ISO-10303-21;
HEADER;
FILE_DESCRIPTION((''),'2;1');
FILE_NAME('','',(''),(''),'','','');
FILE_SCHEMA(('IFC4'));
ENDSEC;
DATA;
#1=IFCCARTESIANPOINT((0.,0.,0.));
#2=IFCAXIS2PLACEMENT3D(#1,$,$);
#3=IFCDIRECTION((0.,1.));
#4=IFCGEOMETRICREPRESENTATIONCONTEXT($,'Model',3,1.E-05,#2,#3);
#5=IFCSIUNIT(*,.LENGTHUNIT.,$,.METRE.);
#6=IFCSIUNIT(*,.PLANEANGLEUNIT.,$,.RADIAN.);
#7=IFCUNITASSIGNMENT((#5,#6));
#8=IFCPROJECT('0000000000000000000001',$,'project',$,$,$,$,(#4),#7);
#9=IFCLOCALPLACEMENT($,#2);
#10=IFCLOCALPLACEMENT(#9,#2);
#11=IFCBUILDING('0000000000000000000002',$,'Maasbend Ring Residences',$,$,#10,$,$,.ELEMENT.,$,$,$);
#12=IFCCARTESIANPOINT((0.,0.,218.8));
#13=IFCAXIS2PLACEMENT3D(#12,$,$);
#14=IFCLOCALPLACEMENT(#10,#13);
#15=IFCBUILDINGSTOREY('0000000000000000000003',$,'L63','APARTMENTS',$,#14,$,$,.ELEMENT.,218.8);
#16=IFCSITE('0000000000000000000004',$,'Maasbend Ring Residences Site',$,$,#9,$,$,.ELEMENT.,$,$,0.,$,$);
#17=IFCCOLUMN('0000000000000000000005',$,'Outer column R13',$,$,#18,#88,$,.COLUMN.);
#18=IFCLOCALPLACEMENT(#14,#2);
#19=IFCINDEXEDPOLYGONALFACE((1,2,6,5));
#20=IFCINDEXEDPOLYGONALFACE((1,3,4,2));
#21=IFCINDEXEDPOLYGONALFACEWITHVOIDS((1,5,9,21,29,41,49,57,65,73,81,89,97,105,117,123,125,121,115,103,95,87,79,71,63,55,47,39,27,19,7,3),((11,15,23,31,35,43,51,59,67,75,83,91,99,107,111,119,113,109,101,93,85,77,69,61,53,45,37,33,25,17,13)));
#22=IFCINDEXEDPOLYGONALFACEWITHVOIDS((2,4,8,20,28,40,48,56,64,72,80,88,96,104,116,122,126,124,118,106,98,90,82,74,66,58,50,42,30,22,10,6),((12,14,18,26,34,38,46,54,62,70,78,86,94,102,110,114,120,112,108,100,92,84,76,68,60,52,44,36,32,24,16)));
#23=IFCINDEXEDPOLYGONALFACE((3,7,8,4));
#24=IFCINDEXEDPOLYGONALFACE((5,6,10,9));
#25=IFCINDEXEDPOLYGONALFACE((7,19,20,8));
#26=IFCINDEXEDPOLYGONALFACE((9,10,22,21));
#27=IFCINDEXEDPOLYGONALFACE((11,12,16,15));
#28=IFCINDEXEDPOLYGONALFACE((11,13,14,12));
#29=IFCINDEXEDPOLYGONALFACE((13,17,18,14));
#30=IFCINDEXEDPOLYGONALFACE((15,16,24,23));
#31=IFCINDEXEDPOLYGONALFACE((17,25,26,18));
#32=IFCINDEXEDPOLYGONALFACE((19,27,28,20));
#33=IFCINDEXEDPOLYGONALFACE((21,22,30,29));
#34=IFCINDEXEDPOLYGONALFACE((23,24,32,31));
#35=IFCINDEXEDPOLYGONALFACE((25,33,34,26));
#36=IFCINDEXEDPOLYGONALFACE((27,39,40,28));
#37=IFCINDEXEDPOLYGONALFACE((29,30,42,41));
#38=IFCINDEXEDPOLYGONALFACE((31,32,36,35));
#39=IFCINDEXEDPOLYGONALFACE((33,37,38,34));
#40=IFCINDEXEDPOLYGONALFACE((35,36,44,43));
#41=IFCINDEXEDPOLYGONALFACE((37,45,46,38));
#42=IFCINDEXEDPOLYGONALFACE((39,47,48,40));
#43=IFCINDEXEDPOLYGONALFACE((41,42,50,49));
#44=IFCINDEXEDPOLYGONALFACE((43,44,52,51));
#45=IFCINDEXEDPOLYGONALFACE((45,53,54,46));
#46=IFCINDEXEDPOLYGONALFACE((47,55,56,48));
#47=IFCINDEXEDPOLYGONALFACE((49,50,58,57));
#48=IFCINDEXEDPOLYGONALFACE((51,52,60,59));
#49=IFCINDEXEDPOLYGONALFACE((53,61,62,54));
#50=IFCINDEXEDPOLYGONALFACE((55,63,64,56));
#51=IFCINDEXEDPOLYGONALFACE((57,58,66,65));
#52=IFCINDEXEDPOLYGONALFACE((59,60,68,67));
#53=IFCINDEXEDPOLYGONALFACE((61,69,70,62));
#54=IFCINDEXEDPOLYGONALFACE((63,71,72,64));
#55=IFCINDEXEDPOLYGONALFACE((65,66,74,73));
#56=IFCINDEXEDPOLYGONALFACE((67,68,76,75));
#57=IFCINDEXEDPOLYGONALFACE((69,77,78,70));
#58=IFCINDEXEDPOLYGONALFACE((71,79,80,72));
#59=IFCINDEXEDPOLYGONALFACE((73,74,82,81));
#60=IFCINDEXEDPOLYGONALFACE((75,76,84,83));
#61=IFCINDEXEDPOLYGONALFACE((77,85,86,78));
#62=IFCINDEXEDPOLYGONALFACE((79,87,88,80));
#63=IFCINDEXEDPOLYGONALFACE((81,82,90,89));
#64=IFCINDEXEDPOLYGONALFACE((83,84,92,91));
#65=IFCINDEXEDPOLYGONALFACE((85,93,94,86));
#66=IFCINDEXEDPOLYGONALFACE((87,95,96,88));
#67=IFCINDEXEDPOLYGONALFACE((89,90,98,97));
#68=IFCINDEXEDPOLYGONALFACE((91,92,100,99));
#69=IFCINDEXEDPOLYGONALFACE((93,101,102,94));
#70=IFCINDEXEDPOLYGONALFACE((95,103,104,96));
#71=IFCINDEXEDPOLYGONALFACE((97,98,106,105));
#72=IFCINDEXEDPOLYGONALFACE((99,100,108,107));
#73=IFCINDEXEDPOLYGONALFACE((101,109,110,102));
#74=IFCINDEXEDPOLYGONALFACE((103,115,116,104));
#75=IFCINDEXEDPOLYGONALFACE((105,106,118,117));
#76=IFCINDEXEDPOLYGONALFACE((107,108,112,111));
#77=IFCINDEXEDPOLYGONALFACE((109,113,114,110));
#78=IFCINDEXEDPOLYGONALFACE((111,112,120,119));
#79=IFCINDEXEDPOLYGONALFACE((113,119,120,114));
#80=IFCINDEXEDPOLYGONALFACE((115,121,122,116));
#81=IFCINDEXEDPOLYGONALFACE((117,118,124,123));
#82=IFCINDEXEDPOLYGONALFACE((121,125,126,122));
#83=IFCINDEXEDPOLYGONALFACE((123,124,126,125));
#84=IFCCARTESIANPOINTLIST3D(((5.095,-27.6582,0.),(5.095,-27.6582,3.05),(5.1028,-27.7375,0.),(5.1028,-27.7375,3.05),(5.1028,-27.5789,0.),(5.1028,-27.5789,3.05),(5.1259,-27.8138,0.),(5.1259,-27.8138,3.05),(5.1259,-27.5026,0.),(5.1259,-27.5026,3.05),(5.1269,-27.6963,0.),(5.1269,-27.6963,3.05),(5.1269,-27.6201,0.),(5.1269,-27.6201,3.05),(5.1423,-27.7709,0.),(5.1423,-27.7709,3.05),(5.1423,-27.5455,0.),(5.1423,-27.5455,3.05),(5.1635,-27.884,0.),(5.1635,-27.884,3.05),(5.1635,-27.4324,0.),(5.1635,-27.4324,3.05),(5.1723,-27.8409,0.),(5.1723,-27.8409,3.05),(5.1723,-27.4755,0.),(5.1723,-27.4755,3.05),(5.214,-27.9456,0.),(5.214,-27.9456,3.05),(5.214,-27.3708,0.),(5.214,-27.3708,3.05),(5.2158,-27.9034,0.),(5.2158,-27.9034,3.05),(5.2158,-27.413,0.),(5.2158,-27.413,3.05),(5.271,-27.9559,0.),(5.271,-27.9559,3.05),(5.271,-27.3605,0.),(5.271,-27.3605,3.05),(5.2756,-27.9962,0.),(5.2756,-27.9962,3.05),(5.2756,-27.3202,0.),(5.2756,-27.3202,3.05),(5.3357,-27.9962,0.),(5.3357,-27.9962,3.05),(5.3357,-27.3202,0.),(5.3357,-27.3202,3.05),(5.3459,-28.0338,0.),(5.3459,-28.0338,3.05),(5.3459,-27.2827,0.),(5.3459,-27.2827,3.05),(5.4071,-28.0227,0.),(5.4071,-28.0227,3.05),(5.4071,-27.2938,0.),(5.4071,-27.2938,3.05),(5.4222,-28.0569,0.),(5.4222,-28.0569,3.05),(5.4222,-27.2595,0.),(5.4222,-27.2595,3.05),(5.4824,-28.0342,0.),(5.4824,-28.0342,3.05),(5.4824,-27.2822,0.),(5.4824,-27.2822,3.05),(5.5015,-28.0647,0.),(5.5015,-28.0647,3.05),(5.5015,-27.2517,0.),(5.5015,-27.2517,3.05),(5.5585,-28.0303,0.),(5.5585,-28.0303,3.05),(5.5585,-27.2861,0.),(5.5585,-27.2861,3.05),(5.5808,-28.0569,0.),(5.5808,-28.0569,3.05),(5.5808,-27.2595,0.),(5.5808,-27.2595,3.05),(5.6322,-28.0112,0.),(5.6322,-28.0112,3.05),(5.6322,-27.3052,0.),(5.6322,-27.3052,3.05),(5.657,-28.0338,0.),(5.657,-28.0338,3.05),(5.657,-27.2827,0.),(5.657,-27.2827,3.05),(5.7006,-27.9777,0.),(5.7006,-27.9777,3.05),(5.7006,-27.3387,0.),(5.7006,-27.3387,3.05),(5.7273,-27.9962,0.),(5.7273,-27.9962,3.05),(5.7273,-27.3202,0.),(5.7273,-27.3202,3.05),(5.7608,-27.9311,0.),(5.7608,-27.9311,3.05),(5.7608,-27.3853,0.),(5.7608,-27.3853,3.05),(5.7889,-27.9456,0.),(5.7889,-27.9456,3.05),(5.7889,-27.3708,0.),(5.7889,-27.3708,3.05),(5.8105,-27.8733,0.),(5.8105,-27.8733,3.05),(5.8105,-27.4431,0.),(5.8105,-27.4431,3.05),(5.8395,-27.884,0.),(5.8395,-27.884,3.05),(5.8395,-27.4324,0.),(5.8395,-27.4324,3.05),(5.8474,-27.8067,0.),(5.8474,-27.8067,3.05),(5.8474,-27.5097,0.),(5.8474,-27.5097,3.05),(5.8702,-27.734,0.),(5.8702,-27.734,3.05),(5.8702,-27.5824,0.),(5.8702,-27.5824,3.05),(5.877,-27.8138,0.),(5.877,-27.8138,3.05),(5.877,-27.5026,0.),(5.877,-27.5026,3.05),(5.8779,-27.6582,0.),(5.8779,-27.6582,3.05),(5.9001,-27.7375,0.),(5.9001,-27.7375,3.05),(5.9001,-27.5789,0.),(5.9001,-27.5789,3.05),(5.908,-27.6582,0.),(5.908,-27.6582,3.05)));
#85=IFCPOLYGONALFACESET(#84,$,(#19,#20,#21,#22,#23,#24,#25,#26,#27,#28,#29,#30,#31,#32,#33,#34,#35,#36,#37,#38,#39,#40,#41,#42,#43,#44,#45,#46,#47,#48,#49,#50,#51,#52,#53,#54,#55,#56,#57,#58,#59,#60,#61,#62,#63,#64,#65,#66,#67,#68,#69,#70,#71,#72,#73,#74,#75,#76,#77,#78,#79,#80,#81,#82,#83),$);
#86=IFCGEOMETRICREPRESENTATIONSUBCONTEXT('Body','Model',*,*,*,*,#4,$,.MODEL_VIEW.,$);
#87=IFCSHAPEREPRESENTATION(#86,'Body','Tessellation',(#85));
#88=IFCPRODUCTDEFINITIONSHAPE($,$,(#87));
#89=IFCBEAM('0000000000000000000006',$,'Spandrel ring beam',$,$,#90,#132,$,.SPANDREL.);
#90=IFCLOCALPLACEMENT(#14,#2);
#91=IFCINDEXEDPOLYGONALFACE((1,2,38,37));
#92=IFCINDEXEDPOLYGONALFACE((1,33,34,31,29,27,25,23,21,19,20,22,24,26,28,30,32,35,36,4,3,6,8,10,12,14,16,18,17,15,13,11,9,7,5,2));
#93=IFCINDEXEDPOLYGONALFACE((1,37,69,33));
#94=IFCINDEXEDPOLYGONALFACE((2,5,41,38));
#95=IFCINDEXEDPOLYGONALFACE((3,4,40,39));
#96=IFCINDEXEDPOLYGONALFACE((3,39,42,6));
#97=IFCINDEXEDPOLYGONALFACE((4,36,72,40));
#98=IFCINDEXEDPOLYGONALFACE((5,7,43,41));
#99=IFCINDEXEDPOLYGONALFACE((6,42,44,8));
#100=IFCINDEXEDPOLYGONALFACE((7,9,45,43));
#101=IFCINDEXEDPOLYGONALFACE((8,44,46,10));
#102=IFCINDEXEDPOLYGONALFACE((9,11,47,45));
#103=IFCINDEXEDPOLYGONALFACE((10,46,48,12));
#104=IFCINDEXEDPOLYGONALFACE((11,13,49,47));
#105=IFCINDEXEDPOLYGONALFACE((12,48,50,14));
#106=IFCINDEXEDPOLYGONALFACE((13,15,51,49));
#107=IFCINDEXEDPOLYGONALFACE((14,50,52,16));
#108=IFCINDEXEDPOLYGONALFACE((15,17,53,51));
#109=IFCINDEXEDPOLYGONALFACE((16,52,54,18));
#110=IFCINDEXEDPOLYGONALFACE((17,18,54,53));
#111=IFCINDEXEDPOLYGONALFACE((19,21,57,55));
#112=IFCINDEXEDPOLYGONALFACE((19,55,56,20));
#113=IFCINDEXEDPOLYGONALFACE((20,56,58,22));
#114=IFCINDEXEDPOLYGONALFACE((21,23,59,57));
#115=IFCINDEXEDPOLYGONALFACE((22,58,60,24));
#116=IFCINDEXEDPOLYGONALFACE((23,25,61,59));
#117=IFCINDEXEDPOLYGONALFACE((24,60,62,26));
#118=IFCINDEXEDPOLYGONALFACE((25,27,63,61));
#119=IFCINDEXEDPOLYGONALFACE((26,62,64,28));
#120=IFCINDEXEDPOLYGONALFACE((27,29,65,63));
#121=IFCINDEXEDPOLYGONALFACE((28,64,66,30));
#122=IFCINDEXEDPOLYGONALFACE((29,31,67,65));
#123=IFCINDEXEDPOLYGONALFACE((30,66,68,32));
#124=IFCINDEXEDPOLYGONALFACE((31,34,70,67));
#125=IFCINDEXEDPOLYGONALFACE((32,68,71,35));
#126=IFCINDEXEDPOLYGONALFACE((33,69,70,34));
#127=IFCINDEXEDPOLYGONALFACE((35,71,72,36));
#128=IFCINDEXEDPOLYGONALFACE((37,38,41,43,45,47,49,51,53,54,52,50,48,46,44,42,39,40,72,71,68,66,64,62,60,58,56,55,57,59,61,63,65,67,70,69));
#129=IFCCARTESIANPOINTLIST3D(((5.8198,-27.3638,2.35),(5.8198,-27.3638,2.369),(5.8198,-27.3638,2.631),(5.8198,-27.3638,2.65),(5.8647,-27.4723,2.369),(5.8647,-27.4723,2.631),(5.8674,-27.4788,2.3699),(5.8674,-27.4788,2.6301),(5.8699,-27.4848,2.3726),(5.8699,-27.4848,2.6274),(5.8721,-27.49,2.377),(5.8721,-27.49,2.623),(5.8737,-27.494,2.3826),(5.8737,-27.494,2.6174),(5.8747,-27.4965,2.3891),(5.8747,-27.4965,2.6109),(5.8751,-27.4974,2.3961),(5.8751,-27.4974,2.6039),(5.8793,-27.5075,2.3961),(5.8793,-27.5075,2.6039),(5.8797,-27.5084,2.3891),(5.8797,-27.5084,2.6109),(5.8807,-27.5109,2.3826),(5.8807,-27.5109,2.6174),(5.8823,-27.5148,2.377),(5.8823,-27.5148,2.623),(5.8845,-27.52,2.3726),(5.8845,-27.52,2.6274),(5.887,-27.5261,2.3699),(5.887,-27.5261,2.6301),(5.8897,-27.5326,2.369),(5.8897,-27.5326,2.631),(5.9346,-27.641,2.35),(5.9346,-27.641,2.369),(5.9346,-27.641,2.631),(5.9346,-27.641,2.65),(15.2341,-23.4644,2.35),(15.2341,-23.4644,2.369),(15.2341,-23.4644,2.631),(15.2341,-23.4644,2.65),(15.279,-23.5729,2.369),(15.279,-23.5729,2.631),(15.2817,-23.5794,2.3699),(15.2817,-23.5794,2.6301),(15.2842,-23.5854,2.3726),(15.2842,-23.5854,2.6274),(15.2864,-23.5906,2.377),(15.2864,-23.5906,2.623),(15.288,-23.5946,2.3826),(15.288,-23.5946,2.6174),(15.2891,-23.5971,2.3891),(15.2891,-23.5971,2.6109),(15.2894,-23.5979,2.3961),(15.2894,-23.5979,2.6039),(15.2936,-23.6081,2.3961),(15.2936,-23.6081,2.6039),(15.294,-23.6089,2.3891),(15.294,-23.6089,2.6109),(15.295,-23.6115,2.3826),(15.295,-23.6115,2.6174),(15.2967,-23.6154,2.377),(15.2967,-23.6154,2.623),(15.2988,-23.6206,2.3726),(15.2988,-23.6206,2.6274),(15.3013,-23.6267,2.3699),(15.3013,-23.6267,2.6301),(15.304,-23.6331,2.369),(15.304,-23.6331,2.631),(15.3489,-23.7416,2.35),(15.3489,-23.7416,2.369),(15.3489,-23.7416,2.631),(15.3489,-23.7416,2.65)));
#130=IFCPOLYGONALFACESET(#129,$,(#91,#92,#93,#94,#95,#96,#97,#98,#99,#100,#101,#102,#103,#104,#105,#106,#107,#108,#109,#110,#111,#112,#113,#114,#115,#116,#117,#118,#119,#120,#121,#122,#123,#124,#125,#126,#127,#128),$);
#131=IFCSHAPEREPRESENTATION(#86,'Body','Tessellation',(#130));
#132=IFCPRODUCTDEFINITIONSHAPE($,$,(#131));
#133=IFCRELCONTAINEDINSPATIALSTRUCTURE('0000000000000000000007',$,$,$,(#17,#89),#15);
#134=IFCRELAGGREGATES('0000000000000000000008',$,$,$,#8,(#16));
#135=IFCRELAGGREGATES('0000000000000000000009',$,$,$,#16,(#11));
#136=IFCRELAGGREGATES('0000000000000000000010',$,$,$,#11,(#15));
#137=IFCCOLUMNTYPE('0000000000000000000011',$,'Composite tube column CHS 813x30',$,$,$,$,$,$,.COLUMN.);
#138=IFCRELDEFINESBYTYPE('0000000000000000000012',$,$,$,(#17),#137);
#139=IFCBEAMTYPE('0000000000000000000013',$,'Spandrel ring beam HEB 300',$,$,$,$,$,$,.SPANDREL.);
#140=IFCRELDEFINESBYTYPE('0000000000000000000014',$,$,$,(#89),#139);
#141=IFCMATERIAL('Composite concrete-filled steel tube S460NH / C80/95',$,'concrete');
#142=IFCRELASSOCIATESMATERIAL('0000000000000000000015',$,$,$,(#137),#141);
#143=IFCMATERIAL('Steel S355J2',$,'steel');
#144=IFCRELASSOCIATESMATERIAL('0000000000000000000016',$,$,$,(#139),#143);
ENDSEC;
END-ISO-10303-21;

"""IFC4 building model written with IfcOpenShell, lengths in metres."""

from ifc_helpers import new_model, si_unit, direction, frame, origin, origin_2d, place, context, subcontext, project, spatial, hollow_circle, i_section, extrude, material, material_profile, profile_set, type_object, element, save


model = new_model("IFC4")

# Units and contexts
model_context = context("Model", 3, precision=1e-05, world=origin(), true_north=direction((0.0, 1.0)))
body_context = subcontext(model_context, "Body", "Model", "MODEL_VIEW")
ifc_project = project(units=[si_unit("LENGTHUNIT", "METRE"), si_unit("PLANEANGLEUNIT", "RADIAN")], contexts=[model_context])

# Site, building, storey
site_placement = place(None, origin())
site = spatial("IfcSite", under=ifc_project, at=site_placement, Name="Maasbend Ring Residences Site", CompositionType="ELEMENT", RefElevation=0.0)
building_placement = place(site_placement, origin())
building = spatial("IfcBuilding", under=site, at=building_placement, Name="Maasbend Ring Residences", CompositionType="ELEMENT")
storey_placement = place(building_placement, frame((0.0, 0.0, 218.8)))
storey = spatial("IfcBuildingStorey", under=building, at=storey_placement, Name="L63", Description="APARTMENTS", CompositionType="ELEMENT", Elevation=218.8)

# Column
ifc_material_1 = material(Name="Composite concrete-filled steel tube S460NH / C80/95", Category="concrete")
ifc_material_profile_1 = material_profile(ifc_material_1, hollow_circle(Radius=0.4065, WallThickness=0.03, at=origin_2d()), Name="Composite tube column CHS 813x30")
ifc_profile_set_1 = profile_set([ifc_material_profile_1], Name="Composite concrete-filled steel tube S460NH / C80/95")
column_type = type_object("IfcColumnType", Name="Composite tube column CHS 813x30", PredefinedType="COLUMN", material=ifc_profile_set_1)
column_placement = place(storey_placement, frame((5.5015, -27.6582, 0.0), z_axis=(0.0, 0.0, 1.0), x_axis=(1.0, 0.0, 0.0)))
element("IfcColumn", 1, at=column_placement, inside=storey, type_object=column_type, Name="Outer column R13", PredefinedType="COLUMN", context=body_context, shape_type="SweptSolid", body=[
    extrude(hollow_circle(Radius=0.4065, WallThickness=0.03, at=origin_2d()), origin(), (0.0, 0.0, 1.0), 3.05),
])

# Beam
ifc_material_2 = material(Name="Steel S355J2", Category="steel")
ifc_material_profile_2 = material_profile(ifc_material_2, i_section(OverallWidth=0.3, OverallDepth=0.3, WebThickness=0.011, FlangeThickness=0.019, FilletRadius=0.0271, at=origin_2d()), Name="HEB 300")
ifc_profile_set_2 = profile_set([ifc_material_profile_2], Name="Steel S355J2")
beam_type = type_object("IfcBeamType", Name="Spandrel ring beam HEB 300", PredefinedType="SPANDREL", material=ifc_profile_set_2)
beam_placement = place(storey_placement, frame((5.8772, -27.5024, 2.5), z_axis=(0.923884, 0.382673, 0.0), x_axis=(-0.382673, 0.923884, 0.0)))
element("IfcBeam", 2, at=beam_placement, inside=storey, type_object=beam_type, Name="Spandrel ring beam", PredefinedType="SPANDREL", context=body_context, shape_type="SweptSolid", body=[
    extrude(i_section(OverallWidth=0.3, OverallDepth=0.3, WebThickness=0.011, FlangeThickness=0.019, FilletRadius=0.0271, at=origin_2d()), origin(), (0.0, 0.0, 1.0), 10.1899),
])

save(model, "model.ifc")
